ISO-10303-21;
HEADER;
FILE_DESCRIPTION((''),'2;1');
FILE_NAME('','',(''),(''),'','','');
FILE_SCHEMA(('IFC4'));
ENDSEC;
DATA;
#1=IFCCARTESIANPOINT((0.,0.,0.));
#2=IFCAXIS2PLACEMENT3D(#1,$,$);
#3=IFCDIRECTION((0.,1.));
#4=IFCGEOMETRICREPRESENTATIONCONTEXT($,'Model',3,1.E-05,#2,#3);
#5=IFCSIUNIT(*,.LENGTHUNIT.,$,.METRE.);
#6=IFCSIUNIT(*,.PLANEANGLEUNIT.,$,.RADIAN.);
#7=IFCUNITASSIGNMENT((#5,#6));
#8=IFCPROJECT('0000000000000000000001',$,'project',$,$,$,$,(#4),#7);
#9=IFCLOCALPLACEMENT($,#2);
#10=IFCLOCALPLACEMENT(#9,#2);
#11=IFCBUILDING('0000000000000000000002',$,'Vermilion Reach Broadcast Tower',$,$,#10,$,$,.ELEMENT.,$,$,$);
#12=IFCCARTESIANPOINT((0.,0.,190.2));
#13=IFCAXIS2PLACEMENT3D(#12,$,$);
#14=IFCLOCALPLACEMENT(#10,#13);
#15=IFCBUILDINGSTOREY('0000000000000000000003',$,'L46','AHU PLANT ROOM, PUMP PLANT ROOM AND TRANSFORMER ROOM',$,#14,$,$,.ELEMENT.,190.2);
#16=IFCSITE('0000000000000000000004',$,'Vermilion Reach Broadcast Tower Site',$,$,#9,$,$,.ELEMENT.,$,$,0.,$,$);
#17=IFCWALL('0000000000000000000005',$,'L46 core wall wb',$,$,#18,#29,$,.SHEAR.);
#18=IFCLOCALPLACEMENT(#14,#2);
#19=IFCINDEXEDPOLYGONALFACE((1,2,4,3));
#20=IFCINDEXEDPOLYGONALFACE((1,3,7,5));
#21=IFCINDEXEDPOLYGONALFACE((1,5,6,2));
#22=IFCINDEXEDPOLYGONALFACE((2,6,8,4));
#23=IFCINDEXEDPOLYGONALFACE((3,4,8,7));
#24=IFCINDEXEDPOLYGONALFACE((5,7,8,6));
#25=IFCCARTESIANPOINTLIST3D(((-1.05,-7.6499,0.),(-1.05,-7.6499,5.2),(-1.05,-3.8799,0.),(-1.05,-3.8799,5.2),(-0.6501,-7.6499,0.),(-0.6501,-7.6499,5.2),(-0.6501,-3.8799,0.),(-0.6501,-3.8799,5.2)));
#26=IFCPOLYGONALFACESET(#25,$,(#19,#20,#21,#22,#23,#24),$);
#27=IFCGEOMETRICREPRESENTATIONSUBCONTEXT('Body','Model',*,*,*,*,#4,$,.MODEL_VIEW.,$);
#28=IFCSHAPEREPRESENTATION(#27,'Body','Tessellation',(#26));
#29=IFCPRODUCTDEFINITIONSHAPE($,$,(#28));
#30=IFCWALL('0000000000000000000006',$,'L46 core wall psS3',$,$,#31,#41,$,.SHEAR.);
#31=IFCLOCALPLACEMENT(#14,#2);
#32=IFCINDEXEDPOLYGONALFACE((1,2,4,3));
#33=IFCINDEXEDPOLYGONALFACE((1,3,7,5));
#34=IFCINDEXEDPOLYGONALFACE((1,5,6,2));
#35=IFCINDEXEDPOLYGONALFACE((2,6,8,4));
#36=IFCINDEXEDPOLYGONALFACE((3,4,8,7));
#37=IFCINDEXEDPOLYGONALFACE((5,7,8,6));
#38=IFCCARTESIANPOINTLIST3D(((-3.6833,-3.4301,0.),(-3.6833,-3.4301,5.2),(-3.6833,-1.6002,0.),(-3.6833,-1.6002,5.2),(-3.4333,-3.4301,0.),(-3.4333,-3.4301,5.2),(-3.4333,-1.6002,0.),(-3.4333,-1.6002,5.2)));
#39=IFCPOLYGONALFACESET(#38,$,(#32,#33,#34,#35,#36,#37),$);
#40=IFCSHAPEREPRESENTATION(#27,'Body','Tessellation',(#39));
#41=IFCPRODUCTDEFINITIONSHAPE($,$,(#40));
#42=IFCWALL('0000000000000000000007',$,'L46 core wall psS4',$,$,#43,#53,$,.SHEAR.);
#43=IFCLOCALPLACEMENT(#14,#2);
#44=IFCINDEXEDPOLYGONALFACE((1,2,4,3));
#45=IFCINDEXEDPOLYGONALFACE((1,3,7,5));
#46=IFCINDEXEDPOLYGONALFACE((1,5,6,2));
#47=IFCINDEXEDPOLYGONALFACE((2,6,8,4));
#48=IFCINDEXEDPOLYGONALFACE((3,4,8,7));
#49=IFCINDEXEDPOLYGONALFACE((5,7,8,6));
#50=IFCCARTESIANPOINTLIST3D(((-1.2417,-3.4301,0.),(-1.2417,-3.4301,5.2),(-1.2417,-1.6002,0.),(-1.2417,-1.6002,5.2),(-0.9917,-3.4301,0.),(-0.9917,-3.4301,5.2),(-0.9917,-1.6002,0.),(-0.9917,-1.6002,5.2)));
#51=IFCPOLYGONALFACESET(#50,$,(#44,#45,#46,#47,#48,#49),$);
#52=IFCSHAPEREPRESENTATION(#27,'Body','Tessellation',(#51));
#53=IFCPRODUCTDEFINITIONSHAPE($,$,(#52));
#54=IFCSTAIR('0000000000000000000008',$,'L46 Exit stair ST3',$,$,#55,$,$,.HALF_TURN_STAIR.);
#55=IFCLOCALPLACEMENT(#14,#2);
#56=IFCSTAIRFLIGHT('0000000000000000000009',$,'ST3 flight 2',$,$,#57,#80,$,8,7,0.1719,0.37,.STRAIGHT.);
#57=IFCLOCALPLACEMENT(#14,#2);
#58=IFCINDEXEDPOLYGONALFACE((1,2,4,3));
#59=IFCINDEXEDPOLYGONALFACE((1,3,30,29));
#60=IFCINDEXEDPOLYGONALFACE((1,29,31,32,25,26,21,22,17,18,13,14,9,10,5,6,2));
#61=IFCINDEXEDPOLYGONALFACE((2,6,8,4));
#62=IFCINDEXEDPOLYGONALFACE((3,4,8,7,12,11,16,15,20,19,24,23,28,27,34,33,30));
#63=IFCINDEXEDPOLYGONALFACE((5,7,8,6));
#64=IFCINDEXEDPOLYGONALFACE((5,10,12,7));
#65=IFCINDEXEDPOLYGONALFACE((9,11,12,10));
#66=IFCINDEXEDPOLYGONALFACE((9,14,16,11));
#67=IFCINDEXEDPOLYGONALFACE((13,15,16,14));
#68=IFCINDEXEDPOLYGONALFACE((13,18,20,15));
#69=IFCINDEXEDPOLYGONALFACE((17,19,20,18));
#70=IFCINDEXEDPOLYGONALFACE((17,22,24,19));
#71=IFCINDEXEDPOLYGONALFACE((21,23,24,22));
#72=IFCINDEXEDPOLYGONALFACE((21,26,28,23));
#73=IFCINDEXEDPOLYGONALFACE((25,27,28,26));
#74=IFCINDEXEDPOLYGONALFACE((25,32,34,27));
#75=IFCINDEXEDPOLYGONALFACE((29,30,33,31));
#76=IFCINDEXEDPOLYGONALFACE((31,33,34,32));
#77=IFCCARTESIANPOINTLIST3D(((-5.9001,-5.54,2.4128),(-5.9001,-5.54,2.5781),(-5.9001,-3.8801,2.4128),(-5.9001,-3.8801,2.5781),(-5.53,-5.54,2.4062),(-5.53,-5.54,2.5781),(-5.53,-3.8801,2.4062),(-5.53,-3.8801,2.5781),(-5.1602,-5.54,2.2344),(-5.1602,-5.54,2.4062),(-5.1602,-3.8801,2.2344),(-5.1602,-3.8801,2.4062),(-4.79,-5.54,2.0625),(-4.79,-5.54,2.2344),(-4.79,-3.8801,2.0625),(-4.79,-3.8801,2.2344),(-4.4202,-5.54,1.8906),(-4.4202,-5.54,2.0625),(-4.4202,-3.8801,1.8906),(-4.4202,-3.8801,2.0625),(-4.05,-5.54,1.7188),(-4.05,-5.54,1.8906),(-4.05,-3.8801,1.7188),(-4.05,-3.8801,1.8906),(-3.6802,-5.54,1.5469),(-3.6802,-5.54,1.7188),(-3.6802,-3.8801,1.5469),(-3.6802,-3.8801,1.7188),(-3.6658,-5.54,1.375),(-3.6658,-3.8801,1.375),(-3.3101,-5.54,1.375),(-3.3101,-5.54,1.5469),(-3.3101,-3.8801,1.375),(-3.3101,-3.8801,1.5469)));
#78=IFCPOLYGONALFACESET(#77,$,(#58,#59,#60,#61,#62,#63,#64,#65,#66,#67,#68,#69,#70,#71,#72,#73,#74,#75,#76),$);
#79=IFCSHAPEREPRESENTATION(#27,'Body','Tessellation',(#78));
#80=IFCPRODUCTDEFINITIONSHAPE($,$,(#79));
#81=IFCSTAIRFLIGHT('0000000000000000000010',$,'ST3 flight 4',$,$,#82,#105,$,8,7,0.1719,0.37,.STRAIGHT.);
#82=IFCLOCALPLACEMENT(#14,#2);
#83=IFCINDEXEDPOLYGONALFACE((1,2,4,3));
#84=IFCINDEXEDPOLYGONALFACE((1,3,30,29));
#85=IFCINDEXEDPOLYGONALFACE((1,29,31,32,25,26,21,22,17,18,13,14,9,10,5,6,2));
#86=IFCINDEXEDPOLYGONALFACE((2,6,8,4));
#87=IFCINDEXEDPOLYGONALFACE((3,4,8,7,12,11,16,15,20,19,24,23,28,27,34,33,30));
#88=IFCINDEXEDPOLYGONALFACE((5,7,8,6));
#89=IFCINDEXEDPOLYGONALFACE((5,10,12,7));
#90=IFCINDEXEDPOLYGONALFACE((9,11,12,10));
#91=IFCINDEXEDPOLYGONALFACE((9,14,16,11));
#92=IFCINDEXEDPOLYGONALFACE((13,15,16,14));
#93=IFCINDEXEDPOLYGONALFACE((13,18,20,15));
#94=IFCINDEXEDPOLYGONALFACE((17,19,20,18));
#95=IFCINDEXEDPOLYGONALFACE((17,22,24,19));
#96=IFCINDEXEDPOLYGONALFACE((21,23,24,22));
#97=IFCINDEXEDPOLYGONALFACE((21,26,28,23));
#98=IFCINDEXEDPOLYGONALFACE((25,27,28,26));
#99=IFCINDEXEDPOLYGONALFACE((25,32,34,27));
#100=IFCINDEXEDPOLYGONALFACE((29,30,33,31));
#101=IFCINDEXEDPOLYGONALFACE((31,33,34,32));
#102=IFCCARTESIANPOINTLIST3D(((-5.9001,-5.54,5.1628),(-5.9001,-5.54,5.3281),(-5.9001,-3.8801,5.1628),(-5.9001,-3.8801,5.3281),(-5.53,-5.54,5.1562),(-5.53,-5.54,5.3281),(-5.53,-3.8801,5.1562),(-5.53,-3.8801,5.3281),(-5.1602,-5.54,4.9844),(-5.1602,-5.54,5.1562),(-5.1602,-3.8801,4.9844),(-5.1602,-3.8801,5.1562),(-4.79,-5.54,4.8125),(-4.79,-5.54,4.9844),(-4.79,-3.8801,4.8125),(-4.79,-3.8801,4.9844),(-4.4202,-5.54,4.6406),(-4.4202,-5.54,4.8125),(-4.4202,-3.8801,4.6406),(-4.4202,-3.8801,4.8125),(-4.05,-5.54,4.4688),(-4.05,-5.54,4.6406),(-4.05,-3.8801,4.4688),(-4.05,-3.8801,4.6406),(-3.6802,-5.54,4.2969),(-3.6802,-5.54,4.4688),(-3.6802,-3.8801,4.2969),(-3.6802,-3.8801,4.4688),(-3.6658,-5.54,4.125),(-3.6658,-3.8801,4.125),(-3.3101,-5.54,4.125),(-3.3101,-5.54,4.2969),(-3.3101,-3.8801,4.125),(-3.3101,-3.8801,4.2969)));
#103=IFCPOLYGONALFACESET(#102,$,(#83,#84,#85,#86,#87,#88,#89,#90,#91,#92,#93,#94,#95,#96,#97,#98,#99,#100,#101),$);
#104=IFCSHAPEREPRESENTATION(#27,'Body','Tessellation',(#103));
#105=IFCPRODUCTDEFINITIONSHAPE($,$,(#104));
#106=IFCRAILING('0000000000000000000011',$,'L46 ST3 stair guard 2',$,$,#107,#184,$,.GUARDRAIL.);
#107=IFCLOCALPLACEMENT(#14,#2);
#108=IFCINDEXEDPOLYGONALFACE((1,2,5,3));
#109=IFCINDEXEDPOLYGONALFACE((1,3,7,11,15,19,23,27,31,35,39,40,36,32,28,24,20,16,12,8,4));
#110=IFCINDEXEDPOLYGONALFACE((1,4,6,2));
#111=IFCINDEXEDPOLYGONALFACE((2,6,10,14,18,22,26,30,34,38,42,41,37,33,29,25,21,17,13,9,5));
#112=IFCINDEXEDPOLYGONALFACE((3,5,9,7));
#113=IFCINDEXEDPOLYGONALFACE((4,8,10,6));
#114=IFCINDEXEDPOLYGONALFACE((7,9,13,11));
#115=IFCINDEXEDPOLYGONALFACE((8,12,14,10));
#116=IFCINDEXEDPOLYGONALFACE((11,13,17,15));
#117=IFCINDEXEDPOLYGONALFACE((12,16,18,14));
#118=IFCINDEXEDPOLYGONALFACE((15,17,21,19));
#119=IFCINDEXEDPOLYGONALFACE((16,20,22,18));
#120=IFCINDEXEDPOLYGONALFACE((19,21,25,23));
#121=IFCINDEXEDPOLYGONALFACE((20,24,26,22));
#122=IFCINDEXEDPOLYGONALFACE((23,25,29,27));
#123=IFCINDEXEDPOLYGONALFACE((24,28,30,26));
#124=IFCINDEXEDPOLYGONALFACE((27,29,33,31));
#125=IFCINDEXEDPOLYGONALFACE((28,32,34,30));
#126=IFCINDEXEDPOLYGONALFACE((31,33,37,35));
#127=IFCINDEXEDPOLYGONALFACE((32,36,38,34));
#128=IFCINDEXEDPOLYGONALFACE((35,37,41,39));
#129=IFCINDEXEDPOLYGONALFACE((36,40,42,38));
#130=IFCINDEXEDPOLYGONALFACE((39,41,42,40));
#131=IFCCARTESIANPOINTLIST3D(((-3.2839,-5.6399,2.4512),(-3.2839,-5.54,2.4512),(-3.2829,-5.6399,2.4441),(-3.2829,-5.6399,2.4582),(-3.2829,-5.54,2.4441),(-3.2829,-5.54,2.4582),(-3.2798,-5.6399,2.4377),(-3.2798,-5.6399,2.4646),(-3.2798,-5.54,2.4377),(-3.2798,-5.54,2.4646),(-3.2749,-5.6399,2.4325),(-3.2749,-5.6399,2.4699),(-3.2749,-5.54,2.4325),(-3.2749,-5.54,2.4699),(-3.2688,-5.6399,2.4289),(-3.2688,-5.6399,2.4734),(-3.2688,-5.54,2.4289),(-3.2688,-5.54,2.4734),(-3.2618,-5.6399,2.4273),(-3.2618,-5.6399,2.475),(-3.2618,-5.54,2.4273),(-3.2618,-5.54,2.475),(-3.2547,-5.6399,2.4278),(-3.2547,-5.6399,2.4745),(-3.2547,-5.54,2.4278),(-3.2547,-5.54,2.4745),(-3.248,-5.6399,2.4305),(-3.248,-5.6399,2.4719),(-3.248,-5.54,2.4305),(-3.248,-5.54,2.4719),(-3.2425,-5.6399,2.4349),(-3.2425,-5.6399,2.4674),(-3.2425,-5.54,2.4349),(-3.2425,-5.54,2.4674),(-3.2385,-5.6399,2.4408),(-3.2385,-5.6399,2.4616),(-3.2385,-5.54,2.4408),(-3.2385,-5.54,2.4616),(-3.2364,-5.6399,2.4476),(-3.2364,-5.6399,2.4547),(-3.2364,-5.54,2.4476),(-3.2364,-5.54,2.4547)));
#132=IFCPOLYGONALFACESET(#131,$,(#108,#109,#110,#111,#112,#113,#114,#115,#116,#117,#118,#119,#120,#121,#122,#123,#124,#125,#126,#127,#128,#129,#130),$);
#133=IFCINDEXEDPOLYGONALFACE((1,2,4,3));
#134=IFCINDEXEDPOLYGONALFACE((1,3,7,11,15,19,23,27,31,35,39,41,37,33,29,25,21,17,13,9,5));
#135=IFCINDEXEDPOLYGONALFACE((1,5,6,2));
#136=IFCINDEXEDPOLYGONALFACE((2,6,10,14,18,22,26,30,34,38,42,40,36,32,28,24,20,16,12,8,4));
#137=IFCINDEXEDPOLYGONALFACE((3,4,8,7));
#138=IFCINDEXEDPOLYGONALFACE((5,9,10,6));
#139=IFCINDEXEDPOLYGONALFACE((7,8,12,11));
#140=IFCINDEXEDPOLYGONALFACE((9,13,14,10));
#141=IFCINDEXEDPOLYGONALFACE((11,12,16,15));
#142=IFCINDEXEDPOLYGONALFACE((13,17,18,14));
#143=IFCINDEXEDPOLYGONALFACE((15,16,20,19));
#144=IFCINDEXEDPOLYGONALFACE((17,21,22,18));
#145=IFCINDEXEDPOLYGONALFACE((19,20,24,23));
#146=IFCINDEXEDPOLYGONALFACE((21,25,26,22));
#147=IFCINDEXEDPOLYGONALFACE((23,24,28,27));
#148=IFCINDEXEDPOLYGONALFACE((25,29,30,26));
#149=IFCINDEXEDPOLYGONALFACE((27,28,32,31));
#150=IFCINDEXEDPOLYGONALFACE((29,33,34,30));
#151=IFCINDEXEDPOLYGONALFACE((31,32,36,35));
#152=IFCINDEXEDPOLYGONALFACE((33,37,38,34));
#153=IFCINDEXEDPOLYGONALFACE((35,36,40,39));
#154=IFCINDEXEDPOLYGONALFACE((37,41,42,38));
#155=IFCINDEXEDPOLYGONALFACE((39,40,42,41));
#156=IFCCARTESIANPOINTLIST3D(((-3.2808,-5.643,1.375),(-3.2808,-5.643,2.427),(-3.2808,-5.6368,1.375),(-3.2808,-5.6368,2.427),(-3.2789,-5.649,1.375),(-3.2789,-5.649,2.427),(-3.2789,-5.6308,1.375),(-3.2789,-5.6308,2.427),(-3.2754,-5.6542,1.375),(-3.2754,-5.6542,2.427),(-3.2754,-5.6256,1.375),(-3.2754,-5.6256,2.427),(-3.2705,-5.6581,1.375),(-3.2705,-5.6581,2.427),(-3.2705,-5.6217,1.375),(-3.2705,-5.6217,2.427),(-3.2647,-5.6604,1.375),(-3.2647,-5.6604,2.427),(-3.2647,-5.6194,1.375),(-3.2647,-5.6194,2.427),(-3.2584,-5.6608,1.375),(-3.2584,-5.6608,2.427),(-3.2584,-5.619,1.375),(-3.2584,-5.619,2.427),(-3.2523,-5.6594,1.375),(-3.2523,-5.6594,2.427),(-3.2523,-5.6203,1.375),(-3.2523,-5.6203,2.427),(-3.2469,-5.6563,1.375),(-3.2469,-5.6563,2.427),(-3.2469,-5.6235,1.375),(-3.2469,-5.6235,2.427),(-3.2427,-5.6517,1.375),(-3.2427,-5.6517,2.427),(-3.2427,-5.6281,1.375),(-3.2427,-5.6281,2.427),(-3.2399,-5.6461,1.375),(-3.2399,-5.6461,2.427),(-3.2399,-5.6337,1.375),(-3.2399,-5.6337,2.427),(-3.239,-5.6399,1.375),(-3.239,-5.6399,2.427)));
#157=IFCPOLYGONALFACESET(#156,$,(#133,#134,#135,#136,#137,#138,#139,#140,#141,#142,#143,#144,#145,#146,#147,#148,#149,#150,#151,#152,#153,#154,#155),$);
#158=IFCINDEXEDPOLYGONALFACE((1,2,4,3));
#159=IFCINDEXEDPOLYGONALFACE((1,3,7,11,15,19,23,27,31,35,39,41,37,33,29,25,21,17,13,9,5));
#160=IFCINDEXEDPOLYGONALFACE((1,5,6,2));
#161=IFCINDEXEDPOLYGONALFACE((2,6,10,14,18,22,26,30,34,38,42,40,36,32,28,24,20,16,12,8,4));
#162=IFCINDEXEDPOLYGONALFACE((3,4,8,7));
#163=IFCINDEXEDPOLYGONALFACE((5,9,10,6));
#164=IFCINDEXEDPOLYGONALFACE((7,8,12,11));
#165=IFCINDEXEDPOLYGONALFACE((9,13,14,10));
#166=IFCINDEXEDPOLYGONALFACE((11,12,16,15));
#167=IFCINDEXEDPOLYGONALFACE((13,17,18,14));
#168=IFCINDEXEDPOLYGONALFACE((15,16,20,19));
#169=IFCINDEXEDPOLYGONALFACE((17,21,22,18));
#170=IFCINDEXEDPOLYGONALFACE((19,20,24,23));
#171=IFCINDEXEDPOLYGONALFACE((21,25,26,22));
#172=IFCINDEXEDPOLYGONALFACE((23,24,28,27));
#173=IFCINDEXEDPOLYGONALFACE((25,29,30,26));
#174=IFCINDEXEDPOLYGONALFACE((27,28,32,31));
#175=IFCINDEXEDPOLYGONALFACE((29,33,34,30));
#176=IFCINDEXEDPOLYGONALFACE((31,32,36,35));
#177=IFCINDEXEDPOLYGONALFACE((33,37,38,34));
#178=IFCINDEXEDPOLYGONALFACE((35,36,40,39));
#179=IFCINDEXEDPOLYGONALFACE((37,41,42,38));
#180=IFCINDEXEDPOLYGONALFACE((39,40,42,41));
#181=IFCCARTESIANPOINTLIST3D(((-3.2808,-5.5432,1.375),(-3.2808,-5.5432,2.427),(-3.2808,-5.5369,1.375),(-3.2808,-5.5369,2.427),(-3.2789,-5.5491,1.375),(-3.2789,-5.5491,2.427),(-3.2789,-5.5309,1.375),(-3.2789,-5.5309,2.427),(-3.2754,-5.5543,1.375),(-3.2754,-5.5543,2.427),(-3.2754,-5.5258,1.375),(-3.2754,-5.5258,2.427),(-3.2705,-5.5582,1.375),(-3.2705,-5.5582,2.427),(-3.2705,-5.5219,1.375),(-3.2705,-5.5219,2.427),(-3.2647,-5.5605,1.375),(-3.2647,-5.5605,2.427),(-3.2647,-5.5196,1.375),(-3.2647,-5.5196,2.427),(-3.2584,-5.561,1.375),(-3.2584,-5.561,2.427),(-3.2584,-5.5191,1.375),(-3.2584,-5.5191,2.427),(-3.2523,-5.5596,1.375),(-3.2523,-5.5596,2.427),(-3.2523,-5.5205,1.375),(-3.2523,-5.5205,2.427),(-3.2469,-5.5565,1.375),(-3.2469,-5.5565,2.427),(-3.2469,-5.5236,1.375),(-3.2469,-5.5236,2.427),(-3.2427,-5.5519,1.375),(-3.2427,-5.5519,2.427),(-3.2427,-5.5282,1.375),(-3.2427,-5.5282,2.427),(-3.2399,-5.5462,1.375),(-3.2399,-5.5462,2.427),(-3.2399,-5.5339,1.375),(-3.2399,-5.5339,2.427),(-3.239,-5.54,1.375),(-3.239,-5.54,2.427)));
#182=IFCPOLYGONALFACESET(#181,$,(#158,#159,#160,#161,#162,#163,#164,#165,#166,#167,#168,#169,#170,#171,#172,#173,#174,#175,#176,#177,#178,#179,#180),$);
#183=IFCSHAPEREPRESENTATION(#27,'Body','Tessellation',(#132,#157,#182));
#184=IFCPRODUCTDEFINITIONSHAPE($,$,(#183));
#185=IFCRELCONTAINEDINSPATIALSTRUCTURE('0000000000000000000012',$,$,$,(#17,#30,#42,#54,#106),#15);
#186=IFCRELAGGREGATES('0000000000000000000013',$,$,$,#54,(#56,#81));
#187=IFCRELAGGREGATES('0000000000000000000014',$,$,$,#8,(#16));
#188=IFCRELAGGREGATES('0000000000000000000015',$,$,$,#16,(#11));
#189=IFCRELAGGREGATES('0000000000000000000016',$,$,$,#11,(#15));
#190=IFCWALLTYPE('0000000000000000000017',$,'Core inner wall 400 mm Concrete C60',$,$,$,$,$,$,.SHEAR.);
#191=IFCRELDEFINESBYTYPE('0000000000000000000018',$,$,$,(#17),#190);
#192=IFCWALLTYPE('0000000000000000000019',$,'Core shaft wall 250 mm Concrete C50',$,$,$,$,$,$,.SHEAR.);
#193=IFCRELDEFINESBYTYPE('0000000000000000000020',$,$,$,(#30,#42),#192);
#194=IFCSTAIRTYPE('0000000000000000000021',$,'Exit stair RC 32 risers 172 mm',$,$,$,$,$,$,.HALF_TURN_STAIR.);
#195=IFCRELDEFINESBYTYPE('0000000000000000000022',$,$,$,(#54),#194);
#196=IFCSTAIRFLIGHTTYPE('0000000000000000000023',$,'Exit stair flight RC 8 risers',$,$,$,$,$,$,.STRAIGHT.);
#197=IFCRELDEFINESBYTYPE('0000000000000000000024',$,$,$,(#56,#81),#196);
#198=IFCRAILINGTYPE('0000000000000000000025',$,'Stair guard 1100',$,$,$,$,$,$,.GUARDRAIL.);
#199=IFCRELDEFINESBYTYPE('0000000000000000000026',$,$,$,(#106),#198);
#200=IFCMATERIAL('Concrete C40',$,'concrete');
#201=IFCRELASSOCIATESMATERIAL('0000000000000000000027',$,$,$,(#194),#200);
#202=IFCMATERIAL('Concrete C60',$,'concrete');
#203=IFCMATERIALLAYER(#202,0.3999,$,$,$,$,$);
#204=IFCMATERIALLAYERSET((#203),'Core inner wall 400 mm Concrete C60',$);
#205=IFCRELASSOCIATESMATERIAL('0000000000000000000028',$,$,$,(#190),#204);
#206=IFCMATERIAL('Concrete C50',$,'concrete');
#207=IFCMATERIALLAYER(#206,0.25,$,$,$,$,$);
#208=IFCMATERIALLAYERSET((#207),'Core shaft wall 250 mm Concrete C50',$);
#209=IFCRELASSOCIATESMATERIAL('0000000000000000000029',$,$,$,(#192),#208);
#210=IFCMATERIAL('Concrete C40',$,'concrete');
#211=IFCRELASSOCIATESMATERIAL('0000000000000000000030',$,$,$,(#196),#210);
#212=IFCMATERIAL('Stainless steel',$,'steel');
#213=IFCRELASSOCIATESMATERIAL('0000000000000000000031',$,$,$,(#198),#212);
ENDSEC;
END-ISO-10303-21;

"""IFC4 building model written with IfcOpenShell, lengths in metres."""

from ifc_helpers import new_model, si_unit, direction, frame, frame_2d, origin, origin_2d, place, context, subcontext, project, spatial, polyline, rectangle, circle, outline, extrude, material, layer, layer_set, type_object, element, aggregate, save


model = new_model("IFC4")

# Units and contexts
model_context = context("Model", 3, precision=1e-05, world=origin(), true_north=direction((0.0, 1.0)))
body_context = subcontext(model_context, "Body", "Model", "MODEL_VIEW")
ifc_project = project(units=[si_unit("LENGTHUNIT", "METRE"), si_unit("PLANEANGLEUNIT", "RADIAN")], contexts=[model_context])

# Site, building, storey
site_placement = place(None, origin())
site = spatial("IfcSite", under=ifc_project, at=site_placement, Name="Vermilion Reach Broadcast Tower Site", CompositionType="ELEMENT", RefElevation=0.0)
building_placement = place(site_placement, origin())
building = spatial("IfcBuilding", under=site, at=building_placement, Name="Vermilion Reach Broadcast Tower", CompositionType="ELEMENT")
storey_placement = place(building_placement, frame((0.0, 0.0, 190.2)))
storey = spatial("IfcBuildingStorey", under=building, at=storey_placement, Name="L46", Description="AHU PLANT ROOM, PUMP PLANT ROOM AND TRANSFORMER ROOM", CompositionType="ELEMENT", Elevation=190.2)

# Shared definitions
ifc_material_1 = material(Name="Concrete C40", Category="concrete")
stair_type = type_object("IfcStairType", Name="Exit stair RC 32 risers 172 mm", PredefinedType="HALF_TURN_STAIR", material=ifc_material_1)
placement = place(storey_placement, origin())

# Walls
ifc_material_2 = material(Name="Concrete C60", Category="concrete")
ifc_layer_1 = layer(ifc_material_2, 0.3999)
ifc_layer_set_1 = layer_set([ifc_layer_1], Name="Core inner wall 400 mm Concrete C60")
wall_type_1 = type_object("IfcWallType", Name="Core inner wall 400 mm Concrete C60", PredefinedType="SHEAR", material=ifc_layer_set_1)
wall_placement = place(storey_placement, frame((-0.8501, -3.8799, 0.0), z_axis=(0.0, 0.0, 1.0), x_axis=(0.0, -1.0, 0.0)))
element("IfcWall", 1, at=wall_placement, inside=storey, type_object=wall_type_1, Name="L46 core wall wb", PredefinedType="SHEAR", context=body_context, shape_type="SweptSolid", body=[
    extrude(rectangle(XDim=3.77, YDim=0.3999, at=frame_2d((1.885, 0.0))), origin(), (0.0, 0.0, 1.0), 5.2),
])
ifc_material_3 = material(Name="Concrete C50", Category="concrete")
ifc_layer_2 = layer(ifc_material_3, 0.25)
ifc_layer_set_2 = layer_set([ifc_layer_2], Name="Core shaft wall 250 mm Concrete C50")
wall_type_2 = type_object("IfcWallType", Name="Core shaft wall 250 mm Concrete C50", PredefinedType="SHEAR", material=ifc_layer_set_2)
for number, where, z_axis, x_axis, name in (
    (2, (-3.5583, -1.6001, 0.0), (0.0, 0.0, 1.0), (0.0, -1.0, 0.0), "L46 core wall psS3"),
    (3, (-1.1167, -1.6001, 0.0), (0.0, 0.0, 1.0), (0.0, -1.0, 0.0), "L46 core wall psS4"),
):
    element("IfcWall", number, at=place(storey_placement, frame(where, z_axis=z_axis, x_axis=x_axis)), inside=storey, type_object=wall_type_2, Name=name, PredefinedType="SHEAR", context=body_context, shape_type="SweptSolid", body=[
        extrude(rectangle(XDim=1.8298, YDim=0.25, at=frame_2d((0.915, 0.0))), origin(), (0.0, 0.0, 1.0), 5.2),
    ])

# Stair, stair flights
stair_1 = element("IfcStair", 4, at=placement, inside=storey, type_object=stair_type, Name="L46 Exit stair ST3", PredefinedType="HALF_TURN_STAIR")
ifc_material_4 = material(Name="Concrete C40", Category="concrete")
stair_flight_type = type_object("IfcStairFlightType", Name="Exit stair flight RC 8 risers", PredefinedType="STRAIGHT", material=ifc_material_4)
stair_flight_1_placement = place(storey_placement, frame((-3.3101, -4.71, 1.375), z_axis=(0.0, 0.0, 1.0), x_axis=(-1.0, 0.0, 0.0)))
stair_flight_1 = element("IfcStairFlight", 5, at=stair_flight_1_placement, type_object=stair_flight_type, Name="ST3 flight 2", NumberOfRisers=8, NumberOfTreads=7, PredefinedType="STRAIGHT", RiserHeight=0.1719, TreadLength=0.37, context=body_context, shape_type="SweptSolid", body=[
    extrude(outline(polyline([(0.0, 0.0), (0.0, 0.1719), (0.3701, 0.1719), (0.3701, 0.3438), (0.74, 0.3438), (0.74, 0.5156), (1.1101, 0.5156), (1.1101, 0.6875), (1.48, 0.6875), (1.48, 0.8594), (1.8501, 0.8594), (1.8501, 1.0312), (2.22, 1.0312), (2.22, 1.2031), (2.5901, 1.2031), (2.5901, 1.375), (2.5901, 1.0378), (0.3557, 0.0), (0.0, 0.0)])), frame((0.0, 0.8301, 0.0), z_axis=(0.0, -1.0, 0.0), x_axis=(1.0, 0.0, 0.0)), (0.0, 0.0, 1.0), 1.6599),
])
stair_flight_2_placement = place(storey_placement, frame((-3.3101, -4.71, 4.125), z_axis=(0.0, 0.0, 1.0), x_axis=(-1.0, 0.0, 0.0)))
stair_flight_2 = element("IfcStairFlight", 6, at=stair_flight_2_placement, type_object=stair_flight_type, Name="ST3 flight 4", NumberOfRisers=8, NumberOfTreads=7, PredefinedType="STRAIGHT", RiserHeight=0.1719, TreadLength=0.37, context=body_context, shape_type="SweptSolid", body=[
    extrude(outline(polyline([(0.0, 0.0), (0.0, 0.1719), (0.3701, 0.1719), (0.3701, 0.3438), (0.74, 0.3438), (0.74, 0.5156), (1.1101, 0.5156), (1.1101, 0.6875), (1.48, 0.6875), (1.48, 0.8594), (1.8501, 0.8594), (1.8501, 1.0312), (2.22, 1.0312), (2.22, 1.2031), (2.5901, 1.2031), (2.5901, 1.375), (2.5901, 1.0378), (0.3557, 0.0), (0.0, 0.0)])), frame((0.0, 0.8301, 0.0), z_axis=(0.0, -1.0, 0.0), x_axis=(1.0, 0.0, 0.0)), (0.0, 0.0, 1.0), 1.6599),
])
aggregate(stair_1, [stair_flight_1, stair_flight_2])

# Railing
ifc_material_5 = material(Name="Stainless steel", Category="steel")
railing_type_1 = type_object("IfcRailingType", Name="Stair guard 1100", PredefinedType="GUARDRAIL", material=ifc_material_5)
railing_1_placement = place(storey_placement, frame((-3.26, -5.6399, 1.375)))
element("IfcRailing", 7, at=railing_1_placement, inside=storey, type_object=railing_type_1, Name="L46 ST3 stair guard 2", PredefinedType="GUARDRAIL", context=body_context, shape_type="SweptSolid", body=[
    extrude(circle(Radius=0.0239, at=origin_2d()), frame((0.0, 0.0, 1.0762), z_axis=(0.0, 1.0, 0.0), x_axis=(-1.0, 0.0, 0.0)), (0.0, 0.0, 1.0), 0.0999),
    extrude(circle(Radius=0.021, at=origin_2d()), origin(), (0.0, 0.0, 1.0), 1.052),
    extrude(circle(Radius=0.021, at=origin_2d()), frame((0.0, 0.0999, 0.0)), (0.0, 0.0, 1.0), 1.052),
])

save(model, "model.ifc")
